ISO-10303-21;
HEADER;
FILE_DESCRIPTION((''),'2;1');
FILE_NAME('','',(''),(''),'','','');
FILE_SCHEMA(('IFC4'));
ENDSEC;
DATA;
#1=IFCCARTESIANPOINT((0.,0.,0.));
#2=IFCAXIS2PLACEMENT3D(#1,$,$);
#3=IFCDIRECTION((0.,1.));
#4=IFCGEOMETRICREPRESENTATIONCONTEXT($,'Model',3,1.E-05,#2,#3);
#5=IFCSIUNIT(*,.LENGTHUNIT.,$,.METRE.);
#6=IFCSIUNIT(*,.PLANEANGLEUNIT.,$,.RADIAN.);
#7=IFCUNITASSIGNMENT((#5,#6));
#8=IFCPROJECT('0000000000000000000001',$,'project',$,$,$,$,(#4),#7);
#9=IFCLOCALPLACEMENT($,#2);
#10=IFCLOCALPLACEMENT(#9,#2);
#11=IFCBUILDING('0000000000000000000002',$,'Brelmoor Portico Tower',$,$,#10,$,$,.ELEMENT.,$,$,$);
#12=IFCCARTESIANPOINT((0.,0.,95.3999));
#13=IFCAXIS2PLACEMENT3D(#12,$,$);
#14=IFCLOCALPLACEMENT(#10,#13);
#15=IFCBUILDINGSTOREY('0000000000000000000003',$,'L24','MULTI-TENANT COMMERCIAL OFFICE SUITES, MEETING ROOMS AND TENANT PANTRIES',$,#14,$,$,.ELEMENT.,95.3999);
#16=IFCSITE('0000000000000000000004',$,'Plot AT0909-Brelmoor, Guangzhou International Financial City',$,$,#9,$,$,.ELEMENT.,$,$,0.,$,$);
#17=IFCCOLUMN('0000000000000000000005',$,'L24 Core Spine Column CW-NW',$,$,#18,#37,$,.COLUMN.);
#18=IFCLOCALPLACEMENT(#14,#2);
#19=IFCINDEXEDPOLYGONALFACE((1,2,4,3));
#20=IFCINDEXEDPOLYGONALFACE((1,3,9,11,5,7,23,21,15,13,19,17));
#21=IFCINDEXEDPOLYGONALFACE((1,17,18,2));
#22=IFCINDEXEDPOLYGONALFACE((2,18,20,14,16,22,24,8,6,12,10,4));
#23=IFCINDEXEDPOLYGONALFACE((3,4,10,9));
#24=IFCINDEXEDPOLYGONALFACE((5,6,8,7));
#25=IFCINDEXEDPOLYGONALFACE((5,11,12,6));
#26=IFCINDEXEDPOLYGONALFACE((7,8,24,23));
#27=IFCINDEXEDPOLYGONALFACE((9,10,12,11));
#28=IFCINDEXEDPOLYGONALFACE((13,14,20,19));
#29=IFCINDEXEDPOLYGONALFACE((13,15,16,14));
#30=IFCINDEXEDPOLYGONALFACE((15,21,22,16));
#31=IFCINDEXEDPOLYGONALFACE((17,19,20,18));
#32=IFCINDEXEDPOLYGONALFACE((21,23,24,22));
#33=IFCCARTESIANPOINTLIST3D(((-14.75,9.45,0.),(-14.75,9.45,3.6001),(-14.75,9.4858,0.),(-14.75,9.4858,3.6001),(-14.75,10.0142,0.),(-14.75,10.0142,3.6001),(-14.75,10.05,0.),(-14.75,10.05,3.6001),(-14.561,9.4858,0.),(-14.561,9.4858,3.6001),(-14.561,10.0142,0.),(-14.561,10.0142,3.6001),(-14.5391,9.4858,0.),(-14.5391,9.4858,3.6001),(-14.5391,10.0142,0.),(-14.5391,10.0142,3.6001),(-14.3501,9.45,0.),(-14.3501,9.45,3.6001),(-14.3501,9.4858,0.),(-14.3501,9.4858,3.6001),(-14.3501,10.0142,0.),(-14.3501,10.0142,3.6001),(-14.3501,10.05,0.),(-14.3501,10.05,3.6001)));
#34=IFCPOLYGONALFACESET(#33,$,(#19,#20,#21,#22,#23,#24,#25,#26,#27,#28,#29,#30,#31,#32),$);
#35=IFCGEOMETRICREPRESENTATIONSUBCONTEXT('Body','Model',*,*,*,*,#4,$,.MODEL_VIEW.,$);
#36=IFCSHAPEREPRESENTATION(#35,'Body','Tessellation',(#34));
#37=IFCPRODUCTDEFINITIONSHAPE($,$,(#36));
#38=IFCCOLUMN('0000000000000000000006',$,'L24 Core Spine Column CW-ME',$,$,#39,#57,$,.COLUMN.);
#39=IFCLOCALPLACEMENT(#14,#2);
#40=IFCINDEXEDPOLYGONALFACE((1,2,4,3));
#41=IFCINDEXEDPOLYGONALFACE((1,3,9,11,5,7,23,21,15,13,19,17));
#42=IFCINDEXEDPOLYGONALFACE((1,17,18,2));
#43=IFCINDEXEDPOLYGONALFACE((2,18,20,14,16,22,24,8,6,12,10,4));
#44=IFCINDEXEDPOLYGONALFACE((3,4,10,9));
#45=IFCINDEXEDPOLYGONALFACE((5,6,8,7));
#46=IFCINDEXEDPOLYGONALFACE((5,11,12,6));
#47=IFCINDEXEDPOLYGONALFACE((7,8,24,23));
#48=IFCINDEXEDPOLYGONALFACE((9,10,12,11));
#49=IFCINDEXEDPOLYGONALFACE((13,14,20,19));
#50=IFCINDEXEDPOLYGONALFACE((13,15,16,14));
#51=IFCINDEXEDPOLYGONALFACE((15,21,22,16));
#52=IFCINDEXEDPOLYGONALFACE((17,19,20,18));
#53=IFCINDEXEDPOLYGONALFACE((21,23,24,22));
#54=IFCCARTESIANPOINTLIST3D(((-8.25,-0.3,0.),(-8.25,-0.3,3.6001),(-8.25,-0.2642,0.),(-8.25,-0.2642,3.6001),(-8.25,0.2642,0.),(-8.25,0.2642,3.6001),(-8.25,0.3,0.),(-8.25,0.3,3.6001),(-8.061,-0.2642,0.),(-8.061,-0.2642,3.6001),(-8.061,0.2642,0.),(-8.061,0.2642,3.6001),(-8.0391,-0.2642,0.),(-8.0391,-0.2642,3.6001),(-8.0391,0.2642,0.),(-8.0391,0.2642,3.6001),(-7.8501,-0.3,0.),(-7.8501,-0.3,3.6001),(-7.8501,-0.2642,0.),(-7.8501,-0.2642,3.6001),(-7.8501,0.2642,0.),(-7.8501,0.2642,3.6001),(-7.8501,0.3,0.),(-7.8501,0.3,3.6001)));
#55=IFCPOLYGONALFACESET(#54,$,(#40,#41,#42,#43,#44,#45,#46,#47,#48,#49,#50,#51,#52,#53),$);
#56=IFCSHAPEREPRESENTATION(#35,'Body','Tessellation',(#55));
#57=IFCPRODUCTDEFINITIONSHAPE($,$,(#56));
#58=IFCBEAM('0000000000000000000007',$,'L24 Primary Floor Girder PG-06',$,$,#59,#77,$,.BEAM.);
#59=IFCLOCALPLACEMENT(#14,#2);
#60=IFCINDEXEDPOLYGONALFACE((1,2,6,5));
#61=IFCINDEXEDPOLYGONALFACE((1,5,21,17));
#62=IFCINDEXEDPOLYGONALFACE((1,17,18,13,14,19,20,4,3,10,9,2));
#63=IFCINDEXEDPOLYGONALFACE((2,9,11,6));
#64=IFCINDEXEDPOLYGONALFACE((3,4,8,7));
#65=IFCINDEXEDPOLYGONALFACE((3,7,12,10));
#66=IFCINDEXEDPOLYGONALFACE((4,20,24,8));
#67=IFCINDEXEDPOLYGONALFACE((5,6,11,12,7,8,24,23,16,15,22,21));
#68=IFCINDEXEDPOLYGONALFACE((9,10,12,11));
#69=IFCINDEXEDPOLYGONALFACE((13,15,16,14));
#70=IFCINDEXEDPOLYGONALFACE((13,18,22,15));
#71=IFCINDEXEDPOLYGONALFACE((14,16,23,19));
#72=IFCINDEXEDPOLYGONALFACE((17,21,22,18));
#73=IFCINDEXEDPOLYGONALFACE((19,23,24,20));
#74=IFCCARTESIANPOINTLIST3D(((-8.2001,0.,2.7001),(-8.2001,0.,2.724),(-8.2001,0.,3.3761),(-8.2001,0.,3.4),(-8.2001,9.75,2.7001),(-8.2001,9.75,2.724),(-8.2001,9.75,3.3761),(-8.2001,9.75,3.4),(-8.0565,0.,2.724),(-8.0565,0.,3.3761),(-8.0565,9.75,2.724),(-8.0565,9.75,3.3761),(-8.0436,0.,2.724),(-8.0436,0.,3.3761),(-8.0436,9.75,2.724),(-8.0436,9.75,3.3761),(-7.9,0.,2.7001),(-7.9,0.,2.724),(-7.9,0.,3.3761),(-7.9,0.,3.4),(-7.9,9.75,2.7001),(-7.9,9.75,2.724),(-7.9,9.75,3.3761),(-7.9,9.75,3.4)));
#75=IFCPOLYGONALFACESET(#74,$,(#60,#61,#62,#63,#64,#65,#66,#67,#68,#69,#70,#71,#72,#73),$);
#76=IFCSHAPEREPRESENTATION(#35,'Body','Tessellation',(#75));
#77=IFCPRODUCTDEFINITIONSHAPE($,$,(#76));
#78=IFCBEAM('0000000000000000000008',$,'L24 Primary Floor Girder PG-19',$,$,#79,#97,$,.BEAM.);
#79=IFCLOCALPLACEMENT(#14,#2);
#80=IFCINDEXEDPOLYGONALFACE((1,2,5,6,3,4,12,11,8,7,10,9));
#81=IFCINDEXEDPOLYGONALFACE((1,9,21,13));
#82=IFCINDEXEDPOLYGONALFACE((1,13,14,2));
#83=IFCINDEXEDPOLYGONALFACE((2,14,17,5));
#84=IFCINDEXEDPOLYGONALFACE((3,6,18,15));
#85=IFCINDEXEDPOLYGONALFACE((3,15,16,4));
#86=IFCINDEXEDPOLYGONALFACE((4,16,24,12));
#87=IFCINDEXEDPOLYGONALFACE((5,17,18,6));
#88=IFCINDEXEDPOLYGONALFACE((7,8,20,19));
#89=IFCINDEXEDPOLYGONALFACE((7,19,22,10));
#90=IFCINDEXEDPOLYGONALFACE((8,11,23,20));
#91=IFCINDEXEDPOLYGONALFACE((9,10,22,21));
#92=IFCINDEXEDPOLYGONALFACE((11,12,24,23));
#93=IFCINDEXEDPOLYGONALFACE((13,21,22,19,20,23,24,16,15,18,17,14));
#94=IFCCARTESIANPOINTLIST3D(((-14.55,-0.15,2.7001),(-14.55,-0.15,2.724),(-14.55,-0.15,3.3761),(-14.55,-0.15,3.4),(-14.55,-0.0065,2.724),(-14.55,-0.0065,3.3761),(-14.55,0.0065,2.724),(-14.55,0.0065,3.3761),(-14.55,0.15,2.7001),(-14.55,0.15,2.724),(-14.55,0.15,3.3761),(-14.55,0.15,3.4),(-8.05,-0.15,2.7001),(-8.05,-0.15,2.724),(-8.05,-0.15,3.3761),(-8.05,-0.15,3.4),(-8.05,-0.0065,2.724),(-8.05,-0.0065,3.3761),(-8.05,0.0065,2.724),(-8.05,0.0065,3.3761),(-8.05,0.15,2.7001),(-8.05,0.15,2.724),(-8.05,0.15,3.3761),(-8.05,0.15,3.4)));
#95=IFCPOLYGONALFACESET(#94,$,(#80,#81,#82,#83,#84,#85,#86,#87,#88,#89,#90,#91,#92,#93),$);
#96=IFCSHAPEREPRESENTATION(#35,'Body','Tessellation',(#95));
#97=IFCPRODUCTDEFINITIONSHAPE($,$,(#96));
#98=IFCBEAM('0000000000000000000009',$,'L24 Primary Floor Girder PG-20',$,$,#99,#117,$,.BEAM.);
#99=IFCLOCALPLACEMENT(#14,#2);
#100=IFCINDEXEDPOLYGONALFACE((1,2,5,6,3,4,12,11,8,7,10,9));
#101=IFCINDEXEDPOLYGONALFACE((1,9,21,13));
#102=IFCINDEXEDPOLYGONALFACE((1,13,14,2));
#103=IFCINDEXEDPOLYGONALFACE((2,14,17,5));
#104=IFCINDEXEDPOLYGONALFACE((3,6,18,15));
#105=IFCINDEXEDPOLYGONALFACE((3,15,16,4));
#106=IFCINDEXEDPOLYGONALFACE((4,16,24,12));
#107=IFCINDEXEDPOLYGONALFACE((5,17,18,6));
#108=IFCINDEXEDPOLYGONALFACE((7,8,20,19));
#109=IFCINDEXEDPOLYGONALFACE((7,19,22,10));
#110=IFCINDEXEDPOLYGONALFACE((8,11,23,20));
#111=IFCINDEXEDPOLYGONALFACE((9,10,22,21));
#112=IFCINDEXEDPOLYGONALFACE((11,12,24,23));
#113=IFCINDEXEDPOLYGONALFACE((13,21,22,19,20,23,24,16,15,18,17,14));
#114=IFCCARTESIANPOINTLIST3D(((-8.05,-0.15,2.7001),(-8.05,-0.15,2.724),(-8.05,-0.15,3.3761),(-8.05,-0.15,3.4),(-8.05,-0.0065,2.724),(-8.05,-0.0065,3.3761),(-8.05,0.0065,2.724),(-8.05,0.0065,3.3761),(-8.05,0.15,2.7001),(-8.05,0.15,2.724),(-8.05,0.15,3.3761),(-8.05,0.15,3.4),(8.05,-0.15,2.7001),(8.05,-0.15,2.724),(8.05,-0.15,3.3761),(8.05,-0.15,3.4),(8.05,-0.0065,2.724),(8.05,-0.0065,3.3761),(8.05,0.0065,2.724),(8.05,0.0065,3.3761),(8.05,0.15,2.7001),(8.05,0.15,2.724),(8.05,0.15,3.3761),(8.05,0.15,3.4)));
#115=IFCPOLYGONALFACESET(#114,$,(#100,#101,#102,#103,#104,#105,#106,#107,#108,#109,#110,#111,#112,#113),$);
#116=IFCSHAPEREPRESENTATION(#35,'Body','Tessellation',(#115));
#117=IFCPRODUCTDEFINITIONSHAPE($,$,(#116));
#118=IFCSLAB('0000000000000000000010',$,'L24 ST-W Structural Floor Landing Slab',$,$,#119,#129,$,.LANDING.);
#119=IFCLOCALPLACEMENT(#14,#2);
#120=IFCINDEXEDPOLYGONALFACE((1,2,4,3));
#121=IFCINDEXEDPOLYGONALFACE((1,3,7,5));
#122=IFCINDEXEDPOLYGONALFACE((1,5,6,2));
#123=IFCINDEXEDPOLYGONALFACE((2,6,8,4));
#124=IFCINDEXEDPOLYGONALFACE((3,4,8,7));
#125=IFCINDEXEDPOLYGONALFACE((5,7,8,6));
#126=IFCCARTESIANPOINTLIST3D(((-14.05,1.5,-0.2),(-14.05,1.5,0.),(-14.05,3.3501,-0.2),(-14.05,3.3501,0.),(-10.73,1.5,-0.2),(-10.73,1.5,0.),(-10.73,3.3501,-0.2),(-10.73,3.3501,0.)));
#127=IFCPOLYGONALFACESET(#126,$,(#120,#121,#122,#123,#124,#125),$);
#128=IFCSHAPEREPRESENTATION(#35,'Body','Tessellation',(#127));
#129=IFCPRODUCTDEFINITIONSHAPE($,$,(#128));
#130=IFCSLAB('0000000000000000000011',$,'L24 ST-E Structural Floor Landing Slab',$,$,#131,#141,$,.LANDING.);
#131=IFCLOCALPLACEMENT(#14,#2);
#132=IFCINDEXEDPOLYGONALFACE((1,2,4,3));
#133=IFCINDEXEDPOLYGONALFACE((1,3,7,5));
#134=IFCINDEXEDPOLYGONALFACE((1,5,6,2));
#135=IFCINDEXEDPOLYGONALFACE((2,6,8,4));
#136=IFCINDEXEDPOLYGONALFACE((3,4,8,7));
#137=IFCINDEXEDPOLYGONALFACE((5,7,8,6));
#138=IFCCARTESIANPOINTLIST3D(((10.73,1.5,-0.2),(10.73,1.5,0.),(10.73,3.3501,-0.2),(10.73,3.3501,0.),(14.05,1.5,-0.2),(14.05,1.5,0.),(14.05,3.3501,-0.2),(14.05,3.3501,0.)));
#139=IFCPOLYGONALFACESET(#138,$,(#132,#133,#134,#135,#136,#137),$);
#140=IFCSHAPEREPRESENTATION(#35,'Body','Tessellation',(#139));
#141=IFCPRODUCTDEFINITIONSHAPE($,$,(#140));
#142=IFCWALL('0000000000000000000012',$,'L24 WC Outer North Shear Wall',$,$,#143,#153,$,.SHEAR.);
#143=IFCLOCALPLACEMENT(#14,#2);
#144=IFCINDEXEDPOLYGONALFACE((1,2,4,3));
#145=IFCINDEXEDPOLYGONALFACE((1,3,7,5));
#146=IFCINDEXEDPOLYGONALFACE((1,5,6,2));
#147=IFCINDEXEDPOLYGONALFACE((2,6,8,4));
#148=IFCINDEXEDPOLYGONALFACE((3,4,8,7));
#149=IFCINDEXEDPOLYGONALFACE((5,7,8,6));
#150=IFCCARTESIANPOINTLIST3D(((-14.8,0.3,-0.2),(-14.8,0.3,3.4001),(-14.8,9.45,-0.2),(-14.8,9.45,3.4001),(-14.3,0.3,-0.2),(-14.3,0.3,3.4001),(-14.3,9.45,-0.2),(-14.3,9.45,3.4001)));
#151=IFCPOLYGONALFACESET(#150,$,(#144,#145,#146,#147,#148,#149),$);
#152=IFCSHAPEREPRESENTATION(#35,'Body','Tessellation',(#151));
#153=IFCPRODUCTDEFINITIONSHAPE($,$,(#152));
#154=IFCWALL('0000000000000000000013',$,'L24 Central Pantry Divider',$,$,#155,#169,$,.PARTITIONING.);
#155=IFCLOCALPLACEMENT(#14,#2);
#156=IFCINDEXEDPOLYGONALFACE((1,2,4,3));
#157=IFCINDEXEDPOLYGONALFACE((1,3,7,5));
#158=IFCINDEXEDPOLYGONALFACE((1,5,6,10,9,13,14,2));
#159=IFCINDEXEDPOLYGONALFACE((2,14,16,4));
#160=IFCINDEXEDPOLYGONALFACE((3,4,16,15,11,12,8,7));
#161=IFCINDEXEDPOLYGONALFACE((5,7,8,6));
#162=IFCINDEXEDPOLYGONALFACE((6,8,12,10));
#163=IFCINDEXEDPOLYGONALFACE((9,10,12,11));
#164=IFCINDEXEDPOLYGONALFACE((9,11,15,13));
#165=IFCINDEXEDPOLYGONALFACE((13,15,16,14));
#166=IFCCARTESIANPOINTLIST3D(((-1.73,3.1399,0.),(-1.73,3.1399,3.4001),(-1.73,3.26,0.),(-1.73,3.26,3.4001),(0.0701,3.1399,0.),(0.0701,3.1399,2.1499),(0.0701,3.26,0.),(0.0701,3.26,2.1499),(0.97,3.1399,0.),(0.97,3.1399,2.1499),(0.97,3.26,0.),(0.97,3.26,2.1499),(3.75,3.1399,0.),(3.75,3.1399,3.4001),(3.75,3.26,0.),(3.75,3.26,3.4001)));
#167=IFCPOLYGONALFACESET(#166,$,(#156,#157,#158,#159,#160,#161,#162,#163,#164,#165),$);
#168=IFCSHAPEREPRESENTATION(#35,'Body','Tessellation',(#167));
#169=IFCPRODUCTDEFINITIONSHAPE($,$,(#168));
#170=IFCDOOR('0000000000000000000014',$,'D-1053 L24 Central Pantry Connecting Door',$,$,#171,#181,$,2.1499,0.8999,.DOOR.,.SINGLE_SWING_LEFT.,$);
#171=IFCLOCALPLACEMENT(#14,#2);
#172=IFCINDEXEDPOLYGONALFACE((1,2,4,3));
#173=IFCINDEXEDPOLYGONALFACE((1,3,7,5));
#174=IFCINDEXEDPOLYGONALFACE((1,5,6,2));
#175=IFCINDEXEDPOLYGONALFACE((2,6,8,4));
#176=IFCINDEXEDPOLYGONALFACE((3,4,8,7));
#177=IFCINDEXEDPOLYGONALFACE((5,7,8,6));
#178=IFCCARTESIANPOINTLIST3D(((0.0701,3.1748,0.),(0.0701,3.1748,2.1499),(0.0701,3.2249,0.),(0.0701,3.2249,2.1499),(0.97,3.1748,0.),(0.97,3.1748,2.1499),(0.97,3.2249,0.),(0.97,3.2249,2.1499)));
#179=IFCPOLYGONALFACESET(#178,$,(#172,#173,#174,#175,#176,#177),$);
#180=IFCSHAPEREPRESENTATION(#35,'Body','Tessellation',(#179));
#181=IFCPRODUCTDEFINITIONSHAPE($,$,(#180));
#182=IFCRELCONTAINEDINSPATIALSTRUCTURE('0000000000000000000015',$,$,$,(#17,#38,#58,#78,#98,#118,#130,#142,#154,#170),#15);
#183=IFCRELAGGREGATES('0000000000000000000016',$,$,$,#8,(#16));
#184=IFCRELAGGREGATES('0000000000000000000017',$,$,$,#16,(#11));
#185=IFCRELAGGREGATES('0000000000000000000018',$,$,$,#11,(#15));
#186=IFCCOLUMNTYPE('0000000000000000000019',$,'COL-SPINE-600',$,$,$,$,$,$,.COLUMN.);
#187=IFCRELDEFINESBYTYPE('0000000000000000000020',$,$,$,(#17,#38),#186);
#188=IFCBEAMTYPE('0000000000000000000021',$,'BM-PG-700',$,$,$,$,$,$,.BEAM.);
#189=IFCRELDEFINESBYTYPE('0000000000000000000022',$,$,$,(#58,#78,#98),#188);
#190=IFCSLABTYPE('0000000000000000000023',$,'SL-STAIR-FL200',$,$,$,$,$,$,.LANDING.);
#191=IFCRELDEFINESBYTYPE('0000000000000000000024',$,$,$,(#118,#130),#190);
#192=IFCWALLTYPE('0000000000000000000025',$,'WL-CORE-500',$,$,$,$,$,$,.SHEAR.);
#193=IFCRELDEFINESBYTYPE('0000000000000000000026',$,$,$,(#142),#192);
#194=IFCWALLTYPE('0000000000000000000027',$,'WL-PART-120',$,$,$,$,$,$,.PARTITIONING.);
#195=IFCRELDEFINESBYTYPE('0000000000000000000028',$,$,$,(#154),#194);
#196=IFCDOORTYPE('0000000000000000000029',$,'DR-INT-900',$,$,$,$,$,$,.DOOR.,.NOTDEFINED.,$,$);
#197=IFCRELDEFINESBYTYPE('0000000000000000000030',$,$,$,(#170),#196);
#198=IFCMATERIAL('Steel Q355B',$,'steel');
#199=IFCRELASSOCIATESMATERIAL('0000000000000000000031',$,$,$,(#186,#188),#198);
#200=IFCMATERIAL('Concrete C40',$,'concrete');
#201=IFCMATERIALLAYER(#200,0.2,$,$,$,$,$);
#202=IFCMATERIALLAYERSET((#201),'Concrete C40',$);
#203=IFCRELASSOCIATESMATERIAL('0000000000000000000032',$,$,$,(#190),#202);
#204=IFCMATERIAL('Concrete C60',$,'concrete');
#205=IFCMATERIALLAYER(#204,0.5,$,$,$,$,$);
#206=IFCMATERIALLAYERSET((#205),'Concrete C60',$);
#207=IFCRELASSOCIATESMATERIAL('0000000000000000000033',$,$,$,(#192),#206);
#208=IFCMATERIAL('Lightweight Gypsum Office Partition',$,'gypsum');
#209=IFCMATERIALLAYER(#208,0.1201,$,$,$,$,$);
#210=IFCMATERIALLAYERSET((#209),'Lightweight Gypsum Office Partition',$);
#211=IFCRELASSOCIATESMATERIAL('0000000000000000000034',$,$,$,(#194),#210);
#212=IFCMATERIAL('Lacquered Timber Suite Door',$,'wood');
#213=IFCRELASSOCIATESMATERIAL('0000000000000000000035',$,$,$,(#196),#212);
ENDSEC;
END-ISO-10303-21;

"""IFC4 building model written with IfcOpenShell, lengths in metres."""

from ifc_helpers import new_model, si_unit, direction, frame, frame_2d, origin, origin_2d, place, context, subcontext, project, spatial, polyline, rectangle, i_section, outline, extrude, material, layer, layer_set, material_profile, profile_set, type_object, element, fill, save


model = new_model("IFC4")

# Units and contexts
model_context = context("Model", 3, precision=1e-05, world=origin(), true_north=direction((0.0, 1.0)))
body_context = subcontext(model_context, "Body", "Model", "MODEL_VIEW")
ifc_project = project(units=[si_unit("LENGTHUNIT", "METRE"), si_unit("PLANEANGLEUNIT", "RADIAN")], contexts=[model_context])

# Site, building, storey
site_placement = place(None, origin())
site = spatial("IfcSite", under=ifc_project, at=site_placement, Name="Plot AT0909-Brelmoor, Guangzhou International Financial City", CompositionType="ELEMENT", RefElevation=0.0)
building_placement = place(site_placement, origin())
building = spatial("IfcBuilding", under=site, at=building_placement, Name="Brelmoor Portico Tower", CompositionType="ELEMENT")
storey_placement = place(building_placement, frame((0.0, 0.0, 95.3999)))
storey = spatial("IfcBuildingStorey", under=building, at=storey_placement, Name="L24", Description="MULTI-TENANT COMMERCIAL OFFICE SUITES, MEETING ROOMS AND TENANT PANTRIES", CompositionType="ELEMENT", Elevation=95.3999)

# Columns
ifc_material_1 = material(Name="Steel Q355B", Category="steel")
ifc_material_profile_1 = material_profile(ifc_material_1, i_section(OverallWidth=0.3999, OverallDepth=0.6001, WebThickness=0.022, FlangeThickness=0.0359, at=origin_2d()), Name="HW 600x400x22x36")
ifc_profile_set_1 = profile_set([ifc_material_profile_1], Name="Steel Q355B")
column_type = type_object("IfcColumnType", Name="COL-SPINE-600", PredefinedType="COLUMN", material=ifc_profile_set_1)
for number, where, z_axis, x_axis, name in (
    (1, (-14.55, 9.75, 0.0), (0.0, 0.0, 1.0), (1.0, 0.0, 0.0), "L24 Core Spine Column CW-NW"),
    (2, (-8.05, 0.0, 0.0), (0.0, 0.0, 1.0), (1.0, 0.0, 0.0), "L24 Core Spine Column CW-ME"),
):
    element("IfcColumn", number, at=place(storey_placement, frame(where, z_axis=z_axis, x_axis=x_axis)), inside=storey, type_object=column_type, Name=name, PredefinedType="COLUMN", context=body_context, shape_type="SweptSolid", body=[
        extrude(i_section(OverallWidth=0.3999, OverallDepth=0.6001, WebThickness=0.022, FlangeThickness=0.0359, at=origin_2d()), origin(), (0.0, 0.0, 1.0), 3.6001),
    ])

# Beams
ifc_material_profile_2 = material_profile(ifc_material_1, i_section(OverallWidth=0.3, OverallDepth=0.7, WebThickness=0.0129, FlangeThickness=0.0239, at=origin_2d()), Name="HN 700x300x13x24")
ifc_profile_set_2 = profile_set([ifc_material_profile_2], Name="Steel Q355B")
beam_type = type_object("IfcBeamType", Name="BM-PG-700", PredefinedType="BEAM", material=ifc_profile_set_2)
beam_1_placement = place(storey_placement, frame((-8.05, 0.0, 3.05), z_axis=(0.0, 1.0, 0.0), x_axis=(-1.0, 0.0, 0.0)))
element("IfcBeam", 3, at=beam_1_placement, inside=storey, type_object=beam_type, Name="L24 Primary Floor Girder PG-06", PredefinedType="BEAM", context=body_context, shape_type="SweptSolid", body=[
    extrude(i_section(OverallWidth=0.3, OverallDepth=0.7, WebThickness=0.0129, FlangeThickness=0.0239, at=origin_2d()), origin(), (0.0, 0.0, 1.0), 9.75),
])
beam_2_placement = place(storey_placement, frame((-14.55, 0.0, 3.05), z_axis=(1.0, 0.0, 0.0), x_axis=(0.0, 1.0, 0.0)))
element("IfcBeam", 4, at=beam_2_placement, inside=storey, type_object=beam_type, Name="L24 Primary Floor Girder PG-19", PredefinedType="BEAM", context=body_context, shape_type="SweptSolid", body=[
    extrude(i_section(OverallWidth=0.3, OverallDepth=0.7, WebThickness=0.0129, FlangeThickness=0.0239, at=origin_2d()), origin(), (0.0, 0.0, 1.0), 6.5),
])
beam_3_placement = place(storey_placement, frame((-8.05, 0.0, 3.05), z_axis=(1.0, 0.0, 0.0), x_axis=(0.0, 1.0, 0.0)))
element("IfcBeam", 5, at=beam_3_placement, inside=storey, type_object=beam_type, Name="L24 Primary Floor Girder PG-20", PredefinedType="BEAM", context=body_context, shape_type="SweptSolid", body=[
    extrude(i_section(OverallWidth=0.3, OverallDepth=0.7, WebThickness=0.0129, FlangeThickness=0.0239, at=origin_2d()), origin(), (0.0, 0.0, 1.0), 16.1001),
])

# Slabs
ifc_material_2 = material(Name="Concrete C40", Category="concrete")
ifc_layer_1 = layer(ifc_material_2, 0.2)
ifc_layer_set_1 = layer_set([ifc_layer_1], Name="Concrete C40")
slab_type = type_object("IfcSlabType", Name="SL-STAIR-FL200", PredefinedType="LANDING", material=ifc_layer_set_1)
slab_1_placement = place(storey_placement, frame((0.0, 0.0, -0.2)))
element("IfcSlab", 6, at=slab_1_placement, inside=storey, type_object=slab_type, Name="L24 ST-W Structural Floor Landing Slab", PredefinedType="LANDING", context=body_context, shape_type="SweptSolid", body=[
    extrude(outline(polyline([(-10.73, 1.5), (-10.73, 3.3501), (-14.05, 3.3501), (-14.05, 1.5), (-10.73, 1.5)])), origin(), (0.0, 0.0, 1.0), 0.2),
])
slab_2_placement = place(storey_placement, frame((0.0, 0.0, -0.2)))
element("IfcSlab", 7, at=slab_2_placement, inside=storey, type_object=slab_type, Name="L24 ST-E Structural Floor Landing Slab", PredefinedType="LANDING", context=body_context, shape_type="SweptSolid", body=[
    extrude(outline(polyline([(14.05, 1.5), (14.05, 3.3501), (10.73, 3.3501), (10.73, 1.5), (14.05, 1.5)])), origin(), (0.0, 0.0, 1.0), 0.2),
])

# Wall
ifc_material_3 = material(Name="Concrete C60", Category="concrete")
ifc_layer_2 = layer(ifc_material_3, 0.5)
ifc_layer_set_2 = layer_set([ifc_layer_2], Name="Concrete C60")
wall_type_1 = type_object("IfcWallType", Name="WL-CORE-500", PredefinedType="SHEAR", material=ifc_layer_set_2)
wall_1_placement = place(storey_placement, frame((-14.55, 0.3, -0.2), z_axis=(0.0, 0.0, 1.0), x_axis=(0.0, 1.0, 0.0)))
element("IfcWall", 8, at=wall_1_placement, inside=storey, type_object=wall_type_1, Name="L24 WC Outer North Shear Wall", PredefinedType="SHEAR", context=body_context, shape_type="SweptSolid", body=[
    extrude(rectangle(XDim=9.1499, YDim=0.5, at=frame_2d((4.575, 0.0))), origin(), (0.0, 0.0, 1.0), 3.6001),
])

# Wall, opening, door
ifc_material_4 = material(Name="Lightweight Gypsum Office Partition", Category="gypsum")
ifc_layer_3 = layer(ifc_material_4, 0.1201)
ifc_layer_set_3 = layer_set([ifc_layer_3], Name="Lightweight Gypsum Office Partition")
wall_type_2 = type_object("IfcWallType", Name="WL-PART-120", PredefinedType="PARTITIONING", material=ifc_layer_set_3)
wall_2_placement = place(storey_placement, frame((-1.73, 3.2, 0.0), z_axis=(0.0, 0.0, 1.0), x_axis=(1.0, 0.0, 0.0)))
wall_2 = element("IfcWall", 9, at=wall_2_placement, inside=storey, type_object=wall_type_2, Name="L24 Central Pantry Divider", PredefinedType="PARTITIONING", context=body_context, shape_type="SweptSolid", body=[
    extrude(rectangle(XDim=5.48, YDim=0.1201, at=frame_2d((2.74, 0.0))), origin(), (0.0, 0.0, 1.0), 3.4001),
])
opening_1_placement = place(wall_2_placement, frame((1.8, 0.0, 0.0)))
opening_1 = element("IfcOpeningElement", 10, at=opening_1_placement, cuts=wall_2, PredefinedType="OPENING", context=body_context, shape_type="SweptSolid", body=[
    extrude(rectangle(XDim=0.8999, YDim=2.1499, at=frame_2d((0.45, 1.075))), frame((0.0, 0.0701, 0.0), z_axis=(0.0, -1.0, 0.0), x_axis=(1.0, 0.0, 0.0)), (0.0, 0.0, 1.0), 0.1401),
])
ifc_material_5 = material(Name="Lacquered Timber Suite Door", Category="wood")
door_type_1 = type_object("IfcDoorType", Name="DR-INT-900", OperationType="NOTDEFINED", PredefinedType="DOOR", material=ifc_material_5)
door_1_placement = place(opening_1_placement, origin())
door_1 = element("IfcDoor", 11, at=door_1_placement, inside=storey, type_object=door_type_1, Name="D-1053 L24 Central Pantry Connecting Door", OperationType="SINGLE_SWING_LEFT", OverallHeight=2.1499, OverallWidth=0.8999, PredefinedType="DOOR", context=body_context, shape_type="SweptSolid", body=[
    extrude(rectangle(XDim=0.8999, YDim=2.1499, at=frame_2d((0.45, 1.075))), frame((0.0, 0.0249, 0.0), z_axis=(0.0, -1.0, 0.0), x_axis=(1.0, 0.0, 0.0)), (0.0, 0.0, 1.0), 0.05),
])
fill(opening_1, door_1)

save(model, "model.ifc")
